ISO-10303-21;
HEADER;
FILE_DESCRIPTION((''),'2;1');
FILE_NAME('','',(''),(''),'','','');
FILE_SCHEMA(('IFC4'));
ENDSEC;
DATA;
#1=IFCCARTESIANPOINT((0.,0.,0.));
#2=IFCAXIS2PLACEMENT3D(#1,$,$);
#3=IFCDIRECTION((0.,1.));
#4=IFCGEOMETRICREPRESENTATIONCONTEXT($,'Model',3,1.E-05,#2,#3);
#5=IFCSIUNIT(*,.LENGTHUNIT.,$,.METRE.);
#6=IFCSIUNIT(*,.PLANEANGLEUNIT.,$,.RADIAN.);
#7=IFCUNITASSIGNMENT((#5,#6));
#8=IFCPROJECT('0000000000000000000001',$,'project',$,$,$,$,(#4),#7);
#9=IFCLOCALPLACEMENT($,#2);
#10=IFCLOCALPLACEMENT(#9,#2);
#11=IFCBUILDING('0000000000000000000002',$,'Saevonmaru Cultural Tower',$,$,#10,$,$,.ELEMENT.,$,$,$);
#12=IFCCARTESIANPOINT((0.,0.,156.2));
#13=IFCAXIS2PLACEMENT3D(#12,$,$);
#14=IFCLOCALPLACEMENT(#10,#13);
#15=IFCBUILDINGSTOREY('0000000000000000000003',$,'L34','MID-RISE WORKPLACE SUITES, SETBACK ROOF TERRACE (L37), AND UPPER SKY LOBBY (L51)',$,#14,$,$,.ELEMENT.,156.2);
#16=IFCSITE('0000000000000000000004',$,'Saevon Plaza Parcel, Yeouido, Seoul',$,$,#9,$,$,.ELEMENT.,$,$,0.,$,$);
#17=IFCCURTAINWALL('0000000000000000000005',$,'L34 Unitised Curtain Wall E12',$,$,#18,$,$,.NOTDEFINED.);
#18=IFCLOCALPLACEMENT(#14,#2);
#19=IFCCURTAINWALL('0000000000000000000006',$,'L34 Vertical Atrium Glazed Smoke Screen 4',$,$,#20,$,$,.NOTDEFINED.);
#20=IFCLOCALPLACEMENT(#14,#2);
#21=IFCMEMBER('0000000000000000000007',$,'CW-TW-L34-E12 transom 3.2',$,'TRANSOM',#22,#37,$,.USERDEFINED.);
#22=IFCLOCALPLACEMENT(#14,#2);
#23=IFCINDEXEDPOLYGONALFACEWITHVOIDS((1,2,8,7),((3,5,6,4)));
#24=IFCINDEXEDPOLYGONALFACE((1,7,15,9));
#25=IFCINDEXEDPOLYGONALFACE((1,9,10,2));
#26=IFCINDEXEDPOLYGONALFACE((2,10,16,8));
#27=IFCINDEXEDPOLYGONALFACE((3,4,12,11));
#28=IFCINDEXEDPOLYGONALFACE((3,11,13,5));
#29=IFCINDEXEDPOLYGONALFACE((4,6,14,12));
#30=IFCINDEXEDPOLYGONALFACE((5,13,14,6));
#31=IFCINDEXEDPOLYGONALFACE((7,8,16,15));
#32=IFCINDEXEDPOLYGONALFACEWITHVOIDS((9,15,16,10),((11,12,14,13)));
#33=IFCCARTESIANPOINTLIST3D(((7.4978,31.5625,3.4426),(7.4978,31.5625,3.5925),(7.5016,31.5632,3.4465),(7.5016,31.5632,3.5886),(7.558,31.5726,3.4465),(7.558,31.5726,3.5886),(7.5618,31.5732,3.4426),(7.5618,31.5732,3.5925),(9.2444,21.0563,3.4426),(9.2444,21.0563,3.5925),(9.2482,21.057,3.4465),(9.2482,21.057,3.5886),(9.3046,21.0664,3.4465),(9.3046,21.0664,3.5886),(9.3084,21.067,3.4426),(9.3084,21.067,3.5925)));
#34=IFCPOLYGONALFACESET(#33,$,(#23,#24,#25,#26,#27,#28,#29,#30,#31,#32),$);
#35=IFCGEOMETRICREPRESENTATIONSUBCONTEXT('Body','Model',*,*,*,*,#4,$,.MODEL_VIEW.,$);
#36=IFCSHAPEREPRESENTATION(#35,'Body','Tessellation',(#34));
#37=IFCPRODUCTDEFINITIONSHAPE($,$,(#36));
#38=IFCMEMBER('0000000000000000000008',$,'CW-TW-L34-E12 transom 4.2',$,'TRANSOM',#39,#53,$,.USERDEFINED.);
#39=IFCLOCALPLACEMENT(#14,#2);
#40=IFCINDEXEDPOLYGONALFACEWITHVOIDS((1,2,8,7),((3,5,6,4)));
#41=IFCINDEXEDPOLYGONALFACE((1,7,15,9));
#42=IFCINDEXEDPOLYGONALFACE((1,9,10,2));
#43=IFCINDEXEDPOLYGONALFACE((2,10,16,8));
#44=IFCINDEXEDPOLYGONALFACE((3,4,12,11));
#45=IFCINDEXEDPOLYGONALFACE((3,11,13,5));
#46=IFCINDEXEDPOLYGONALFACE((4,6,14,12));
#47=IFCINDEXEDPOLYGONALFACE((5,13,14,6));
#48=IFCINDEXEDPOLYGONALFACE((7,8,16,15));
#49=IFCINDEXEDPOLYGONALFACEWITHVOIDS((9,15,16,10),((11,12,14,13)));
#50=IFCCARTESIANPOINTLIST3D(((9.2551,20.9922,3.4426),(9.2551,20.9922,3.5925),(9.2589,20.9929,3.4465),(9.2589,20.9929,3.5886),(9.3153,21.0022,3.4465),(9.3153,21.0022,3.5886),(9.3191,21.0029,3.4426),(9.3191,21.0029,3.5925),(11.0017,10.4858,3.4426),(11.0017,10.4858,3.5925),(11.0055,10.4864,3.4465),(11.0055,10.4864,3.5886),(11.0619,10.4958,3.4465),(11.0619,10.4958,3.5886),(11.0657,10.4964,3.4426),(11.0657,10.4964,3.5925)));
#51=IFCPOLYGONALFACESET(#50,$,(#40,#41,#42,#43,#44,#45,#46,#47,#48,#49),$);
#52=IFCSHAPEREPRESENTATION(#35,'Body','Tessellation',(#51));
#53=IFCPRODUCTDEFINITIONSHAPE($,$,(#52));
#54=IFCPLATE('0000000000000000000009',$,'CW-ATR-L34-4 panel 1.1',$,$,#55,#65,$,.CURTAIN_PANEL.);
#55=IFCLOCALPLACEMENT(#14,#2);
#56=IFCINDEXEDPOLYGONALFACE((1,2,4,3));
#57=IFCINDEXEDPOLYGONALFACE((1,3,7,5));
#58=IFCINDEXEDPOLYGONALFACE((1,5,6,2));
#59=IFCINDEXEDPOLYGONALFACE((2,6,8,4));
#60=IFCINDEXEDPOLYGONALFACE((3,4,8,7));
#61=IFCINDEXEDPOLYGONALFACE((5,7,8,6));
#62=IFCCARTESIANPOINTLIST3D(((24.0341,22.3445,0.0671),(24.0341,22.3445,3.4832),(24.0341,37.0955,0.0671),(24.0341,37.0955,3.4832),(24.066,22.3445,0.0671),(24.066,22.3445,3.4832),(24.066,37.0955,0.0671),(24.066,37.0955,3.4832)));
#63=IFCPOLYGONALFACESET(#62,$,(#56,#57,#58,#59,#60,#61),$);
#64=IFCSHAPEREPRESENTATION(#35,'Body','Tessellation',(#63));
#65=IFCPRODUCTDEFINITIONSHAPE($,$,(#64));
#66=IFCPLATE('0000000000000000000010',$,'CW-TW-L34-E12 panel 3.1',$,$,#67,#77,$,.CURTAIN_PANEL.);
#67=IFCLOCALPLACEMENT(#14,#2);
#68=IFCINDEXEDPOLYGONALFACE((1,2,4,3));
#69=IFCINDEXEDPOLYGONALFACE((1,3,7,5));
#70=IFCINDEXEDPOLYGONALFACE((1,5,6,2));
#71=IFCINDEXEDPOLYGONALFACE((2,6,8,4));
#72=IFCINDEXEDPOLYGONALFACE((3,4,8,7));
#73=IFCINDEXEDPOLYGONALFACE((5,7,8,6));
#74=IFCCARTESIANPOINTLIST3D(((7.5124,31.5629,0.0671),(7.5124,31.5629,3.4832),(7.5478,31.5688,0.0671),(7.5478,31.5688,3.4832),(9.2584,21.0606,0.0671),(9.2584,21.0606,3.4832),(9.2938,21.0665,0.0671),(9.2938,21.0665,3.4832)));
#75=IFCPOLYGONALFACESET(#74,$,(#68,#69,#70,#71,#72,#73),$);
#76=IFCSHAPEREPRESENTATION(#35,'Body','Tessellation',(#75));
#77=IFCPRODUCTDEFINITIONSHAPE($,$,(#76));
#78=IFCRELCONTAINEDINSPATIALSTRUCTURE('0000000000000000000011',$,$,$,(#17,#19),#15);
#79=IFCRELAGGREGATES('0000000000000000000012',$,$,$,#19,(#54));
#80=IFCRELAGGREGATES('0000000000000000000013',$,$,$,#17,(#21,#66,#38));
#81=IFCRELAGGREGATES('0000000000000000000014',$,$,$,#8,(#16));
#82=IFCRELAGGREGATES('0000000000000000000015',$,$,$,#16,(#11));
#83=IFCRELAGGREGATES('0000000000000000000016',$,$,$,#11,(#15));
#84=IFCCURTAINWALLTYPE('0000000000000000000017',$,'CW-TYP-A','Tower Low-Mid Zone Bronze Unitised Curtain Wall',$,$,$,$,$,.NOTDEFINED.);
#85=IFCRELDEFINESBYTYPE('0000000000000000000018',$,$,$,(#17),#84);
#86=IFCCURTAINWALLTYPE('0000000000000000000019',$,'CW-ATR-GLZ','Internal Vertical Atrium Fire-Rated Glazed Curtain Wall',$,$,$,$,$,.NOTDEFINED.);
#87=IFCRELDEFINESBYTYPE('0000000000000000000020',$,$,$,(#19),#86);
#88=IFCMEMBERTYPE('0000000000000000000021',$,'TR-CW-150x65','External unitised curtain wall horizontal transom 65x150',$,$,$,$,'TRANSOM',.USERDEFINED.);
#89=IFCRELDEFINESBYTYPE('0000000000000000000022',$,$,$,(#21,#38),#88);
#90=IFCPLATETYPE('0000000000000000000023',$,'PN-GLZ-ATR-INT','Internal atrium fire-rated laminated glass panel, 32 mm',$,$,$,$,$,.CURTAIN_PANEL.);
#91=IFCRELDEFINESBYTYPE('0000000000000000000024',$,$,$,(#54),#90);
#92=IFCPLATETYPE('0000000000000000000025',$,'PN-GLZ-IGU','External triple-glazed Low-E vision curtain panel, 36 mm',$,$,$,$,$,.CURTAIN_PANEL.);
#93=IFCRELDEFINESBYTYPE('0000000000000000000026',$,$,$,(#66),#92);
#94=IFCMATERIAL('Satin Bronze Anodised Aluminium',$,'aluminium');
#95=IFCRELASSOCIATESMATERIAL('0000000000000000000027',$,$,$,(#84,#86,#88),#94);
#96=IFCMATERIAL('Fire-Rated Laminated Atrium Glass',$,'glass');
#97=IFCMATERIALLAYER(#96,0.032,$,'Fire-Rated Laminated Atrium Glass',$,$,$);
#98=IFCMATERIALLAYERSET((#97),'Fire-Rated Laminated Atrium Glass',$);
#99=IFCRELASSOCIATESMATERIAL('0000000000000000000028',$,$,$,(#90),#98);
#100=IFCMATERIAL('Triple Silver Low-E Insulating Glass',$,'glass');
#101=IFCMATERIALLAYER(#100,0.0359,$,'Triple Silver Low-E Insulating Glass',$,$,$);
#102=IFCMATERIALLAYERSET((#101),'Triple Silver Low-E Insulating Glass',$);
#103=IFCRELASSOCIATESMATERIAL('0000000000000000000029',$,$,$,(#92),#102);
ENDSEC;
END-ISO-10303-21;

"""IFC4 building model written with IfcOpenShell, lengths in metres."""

from ifc_helpers import new_model, si_unit, direction, frame, origin, origin_2d, place, context, subcontext, project, spatial, rectangle, hollow_rectangle, extrude, material, layer, layer_set, material_profile, profile_set, type_object, element, aggregate, save


model = new_model("IFC4")

# Units and contexts
model_context = context("Model", 3, precision=1e-05, world=origin(), true_north=direction((0.0, 1.0)))
body_context = subcontext(model_context, "Body", "Model", "MODEL_VIEW")
ifc_project = project(units=[si_unit("LENGTHUNIT", "METRE"), si_unit("PLANEANGLEUNIT", "RADIAN")], contexts=[model_context])

# Site, building, storey
site_placement = place(None, origin())
site = spatial("IfcSite", under=ifc_project, at=site_placement, Name="Saevon Plaza Parcel, Yeouido, Seoul", CompositionType="ELEMENT", RefElevation=0.0)
building_placement = place(site_placement, origin())
building = spatial("IfcBuilding", under=site, at=building_placement, Name="Saevonmaru Cultural Tower", CompositionType="ELEMENT")
storey_placement = place(building_placement, frame((0.0, 0.0, 156.2)))
storey = spatial("IfcBuildingStorey", under=building, at=storey_placement, Name="L34", Description="MID-RISE WORKPLACE SUITES, SETBACK ROOF TERRACE (L37), AND UPPER SKY LOBBY (L51)", CompositionType="ELEMENT", Elevation=156.2)

# Curtain wall
ifc_material_1 = material(Name="Satin Bronze Anodised Aluminium", Category="aluminium")
curtain_wall_type_1 = type_object("IfcCurtainWallType", Name="CW-TYP-A", Description="Tower Low-Mid Zone Bronze Unitised Curtain Wall", PredefinedType="NOTDEFINED", material=ifc_material_1)
curtain_wall_1_placement = place(storey_placement, origin())
curtain_wall_1 = element("IfcCurtainWall", 1, at=curtain_wall_1_placement, inside=storey, type_object=curtain_wall_type_1, Name="L34 Unitised Curtain Wall E12", PredefinedType="NOTDEFINED")

# Curtain wall
curtain_wall_type_2 = type_object("IfcCurtainWallType", Name="CW-ATR-GLZ", Description="Internal Vertical Atrium Fire-Rated Glazed Curtain Wall", PredefinedType="NOTDEFINED", material=ifc_material_1)
curtain_wall_2_placement = place(storey_placement, origin())
curtain_wall_2 = element("IfcCurtainWall", 2, at=curtain_wall_2_placement, inside=storey, type_object=curtain_wall_type_2, Name="L34 Vertical Atrium Glazed Smoke Screen 4", PredefinedType="NOTDEFINED")

# Members
ifc_material_profile_1 = material_profile(ifc_material_1, hollow_rectangle(XDim=0.0649, YDim=0.1499, WallThickness=0.0039, at=origin_2d()), Name="ALU-TRAN-150x65x4")
ifc_profile_set_1 = profile_set([ifc_material_profile_1], Name="Satin Bronze Anodised Aluminium")
member_type_1 = type_object("IfcMemberType", Name="TR-CW-150x65", Description="External unitised curtain wall horizontal transom 65x150", ElementType="TRANSOM", PredefinedType="USERDEFINED", material=ifc_profile_set_1)
member_1_placement = place(storey_placement, frame((7.5298, 31.5679, 3.5176), z_axis=(0.163994, -0.986461, 0.0), x_axis=(0.986461, 0.163994, 0.0)))
member_1 = element("IfcMember", 3, at=member_1_placement, type_object=member_type_1, Name="CW-TW-L34-E12 transom 3.2", ObjectType="TRANSOM", PredefinedType="USERDEFINED", context=body_context, shape_type="SweptSolid", body=[
    extrude(hollow_rectangle(XDim=0.0649, YDim=0.1499, WallThickness=0.0039, at=origin_2d()), origin(), (0.0, 0.0, 1.0), 10.6504),
])
member_2_placement = place(storey_placement, frame((9.2871, 20.9976, 3.5176), z_axis=(0.16399, -0.986462, 0.0), x_axis=(0.986462, 0.16399, 0.0)))
member_2 = element("IfcMember", 4, at=member_2_placement, type_object=member_type_1, Name="CW-TW-L34-E12 transom 4.2", ObjectType="TRANSOM", PredefinedType="USERDEFINED", context=body_context, shape_type="SweptSolid", body=[
    extrude(hollow_rectangle(XDim=0.0649, YDim=0.1499, WallThickness=0.0039, at=origin_2d()), origin(), (0.0, 0.0, 1.0), 10.6506),
])

# Plates
ifc_material_2 = material(Name="Fire-Rated Laminated Atrium Glass", Category="glass")
ifc_layer_1 = layer(ifc_material_2, 0.032, Name="Fire-Rated Laminated Atrium Glass")
ifc_layer_set_1 = layer_set([ifc_layer_1], Name="Fire-Rated Laminated Atrium Glass")
plate_type_1 = type_object("IfcPlateType", Name="PN-GLZ-ATR-INT", Description="Internal atrium fire-rated laminated glass panel, 32 mm", PredefinedType="CURTAIN_PANEL", material=ifc_layer_set_1)
plate_1_placement = place(storey_placement, frame((24.05, 29.72, 0.0671), z_axis=(0.0, 0.0, 1.0), x_axis=(0.0, -1.0, 0.0)))
plate_1 = element("IfcPlate", 5, at=plate_1_placement, type_object=plate_type_1, Name="CW-ATR-L34-4 panel 1.1", PredefinedType="CURTAIN_PANEL", context=body_context, shape_type="SweptSolid", body=[
    extrude(rectangle(XDim=14.751, YDim=0.032, at=origin_2d()), origin(), (0.0, 0.0, 1.0), 3.416),
])
aggregate(curtain_wall_2, [plate_1])
ifc_material_3 = material(Name="Triple Silver Low-E Insulating Glass", Category="glass")
ifc_layer_2 = layer(ifc_material_3, 0.0359, Name="Triple Silver Low-E Insulating Glass")
ifc_layer_set_2 = layer_set([ifc_layer_2], Name="Triple Silver Low-E Insulating Glass")
plate_type_2 = type_object("IfcPlateType", Name="PN-GLZ-IGU", Description="External triple-glazed Low-E vision curtain panel, 36 mm", PredefinedType="CURTAIN_PANEL", material=ifc_layer_set_2)
plate_2_placement = place(storey_placement, frame((8.4031, 26.3147, 0.0671), z_axis=(0.0, 0.0, 1.0), x_axis=(0.163999, -0.986461, 0.0)))
plate_2 = element("IfcPlate", 6, at=plate_2_placement, type_object=plate_type_2, Name="CW-TW-L34-E12 panel 3.1", PredefinedType="CURTAIN_PANEL", context=body_context, shape_type="SweptSolid", body=[
    extrude(rectangle(XDim=10.6465, YDim=0.0359, at=origin_2d()), origin(), (0.0, 0.0, 1.0), 3.416),
])
aggregate(curtain_wall_1, [member_1, plate_2, member_2])

save(model, "model.ifc")
